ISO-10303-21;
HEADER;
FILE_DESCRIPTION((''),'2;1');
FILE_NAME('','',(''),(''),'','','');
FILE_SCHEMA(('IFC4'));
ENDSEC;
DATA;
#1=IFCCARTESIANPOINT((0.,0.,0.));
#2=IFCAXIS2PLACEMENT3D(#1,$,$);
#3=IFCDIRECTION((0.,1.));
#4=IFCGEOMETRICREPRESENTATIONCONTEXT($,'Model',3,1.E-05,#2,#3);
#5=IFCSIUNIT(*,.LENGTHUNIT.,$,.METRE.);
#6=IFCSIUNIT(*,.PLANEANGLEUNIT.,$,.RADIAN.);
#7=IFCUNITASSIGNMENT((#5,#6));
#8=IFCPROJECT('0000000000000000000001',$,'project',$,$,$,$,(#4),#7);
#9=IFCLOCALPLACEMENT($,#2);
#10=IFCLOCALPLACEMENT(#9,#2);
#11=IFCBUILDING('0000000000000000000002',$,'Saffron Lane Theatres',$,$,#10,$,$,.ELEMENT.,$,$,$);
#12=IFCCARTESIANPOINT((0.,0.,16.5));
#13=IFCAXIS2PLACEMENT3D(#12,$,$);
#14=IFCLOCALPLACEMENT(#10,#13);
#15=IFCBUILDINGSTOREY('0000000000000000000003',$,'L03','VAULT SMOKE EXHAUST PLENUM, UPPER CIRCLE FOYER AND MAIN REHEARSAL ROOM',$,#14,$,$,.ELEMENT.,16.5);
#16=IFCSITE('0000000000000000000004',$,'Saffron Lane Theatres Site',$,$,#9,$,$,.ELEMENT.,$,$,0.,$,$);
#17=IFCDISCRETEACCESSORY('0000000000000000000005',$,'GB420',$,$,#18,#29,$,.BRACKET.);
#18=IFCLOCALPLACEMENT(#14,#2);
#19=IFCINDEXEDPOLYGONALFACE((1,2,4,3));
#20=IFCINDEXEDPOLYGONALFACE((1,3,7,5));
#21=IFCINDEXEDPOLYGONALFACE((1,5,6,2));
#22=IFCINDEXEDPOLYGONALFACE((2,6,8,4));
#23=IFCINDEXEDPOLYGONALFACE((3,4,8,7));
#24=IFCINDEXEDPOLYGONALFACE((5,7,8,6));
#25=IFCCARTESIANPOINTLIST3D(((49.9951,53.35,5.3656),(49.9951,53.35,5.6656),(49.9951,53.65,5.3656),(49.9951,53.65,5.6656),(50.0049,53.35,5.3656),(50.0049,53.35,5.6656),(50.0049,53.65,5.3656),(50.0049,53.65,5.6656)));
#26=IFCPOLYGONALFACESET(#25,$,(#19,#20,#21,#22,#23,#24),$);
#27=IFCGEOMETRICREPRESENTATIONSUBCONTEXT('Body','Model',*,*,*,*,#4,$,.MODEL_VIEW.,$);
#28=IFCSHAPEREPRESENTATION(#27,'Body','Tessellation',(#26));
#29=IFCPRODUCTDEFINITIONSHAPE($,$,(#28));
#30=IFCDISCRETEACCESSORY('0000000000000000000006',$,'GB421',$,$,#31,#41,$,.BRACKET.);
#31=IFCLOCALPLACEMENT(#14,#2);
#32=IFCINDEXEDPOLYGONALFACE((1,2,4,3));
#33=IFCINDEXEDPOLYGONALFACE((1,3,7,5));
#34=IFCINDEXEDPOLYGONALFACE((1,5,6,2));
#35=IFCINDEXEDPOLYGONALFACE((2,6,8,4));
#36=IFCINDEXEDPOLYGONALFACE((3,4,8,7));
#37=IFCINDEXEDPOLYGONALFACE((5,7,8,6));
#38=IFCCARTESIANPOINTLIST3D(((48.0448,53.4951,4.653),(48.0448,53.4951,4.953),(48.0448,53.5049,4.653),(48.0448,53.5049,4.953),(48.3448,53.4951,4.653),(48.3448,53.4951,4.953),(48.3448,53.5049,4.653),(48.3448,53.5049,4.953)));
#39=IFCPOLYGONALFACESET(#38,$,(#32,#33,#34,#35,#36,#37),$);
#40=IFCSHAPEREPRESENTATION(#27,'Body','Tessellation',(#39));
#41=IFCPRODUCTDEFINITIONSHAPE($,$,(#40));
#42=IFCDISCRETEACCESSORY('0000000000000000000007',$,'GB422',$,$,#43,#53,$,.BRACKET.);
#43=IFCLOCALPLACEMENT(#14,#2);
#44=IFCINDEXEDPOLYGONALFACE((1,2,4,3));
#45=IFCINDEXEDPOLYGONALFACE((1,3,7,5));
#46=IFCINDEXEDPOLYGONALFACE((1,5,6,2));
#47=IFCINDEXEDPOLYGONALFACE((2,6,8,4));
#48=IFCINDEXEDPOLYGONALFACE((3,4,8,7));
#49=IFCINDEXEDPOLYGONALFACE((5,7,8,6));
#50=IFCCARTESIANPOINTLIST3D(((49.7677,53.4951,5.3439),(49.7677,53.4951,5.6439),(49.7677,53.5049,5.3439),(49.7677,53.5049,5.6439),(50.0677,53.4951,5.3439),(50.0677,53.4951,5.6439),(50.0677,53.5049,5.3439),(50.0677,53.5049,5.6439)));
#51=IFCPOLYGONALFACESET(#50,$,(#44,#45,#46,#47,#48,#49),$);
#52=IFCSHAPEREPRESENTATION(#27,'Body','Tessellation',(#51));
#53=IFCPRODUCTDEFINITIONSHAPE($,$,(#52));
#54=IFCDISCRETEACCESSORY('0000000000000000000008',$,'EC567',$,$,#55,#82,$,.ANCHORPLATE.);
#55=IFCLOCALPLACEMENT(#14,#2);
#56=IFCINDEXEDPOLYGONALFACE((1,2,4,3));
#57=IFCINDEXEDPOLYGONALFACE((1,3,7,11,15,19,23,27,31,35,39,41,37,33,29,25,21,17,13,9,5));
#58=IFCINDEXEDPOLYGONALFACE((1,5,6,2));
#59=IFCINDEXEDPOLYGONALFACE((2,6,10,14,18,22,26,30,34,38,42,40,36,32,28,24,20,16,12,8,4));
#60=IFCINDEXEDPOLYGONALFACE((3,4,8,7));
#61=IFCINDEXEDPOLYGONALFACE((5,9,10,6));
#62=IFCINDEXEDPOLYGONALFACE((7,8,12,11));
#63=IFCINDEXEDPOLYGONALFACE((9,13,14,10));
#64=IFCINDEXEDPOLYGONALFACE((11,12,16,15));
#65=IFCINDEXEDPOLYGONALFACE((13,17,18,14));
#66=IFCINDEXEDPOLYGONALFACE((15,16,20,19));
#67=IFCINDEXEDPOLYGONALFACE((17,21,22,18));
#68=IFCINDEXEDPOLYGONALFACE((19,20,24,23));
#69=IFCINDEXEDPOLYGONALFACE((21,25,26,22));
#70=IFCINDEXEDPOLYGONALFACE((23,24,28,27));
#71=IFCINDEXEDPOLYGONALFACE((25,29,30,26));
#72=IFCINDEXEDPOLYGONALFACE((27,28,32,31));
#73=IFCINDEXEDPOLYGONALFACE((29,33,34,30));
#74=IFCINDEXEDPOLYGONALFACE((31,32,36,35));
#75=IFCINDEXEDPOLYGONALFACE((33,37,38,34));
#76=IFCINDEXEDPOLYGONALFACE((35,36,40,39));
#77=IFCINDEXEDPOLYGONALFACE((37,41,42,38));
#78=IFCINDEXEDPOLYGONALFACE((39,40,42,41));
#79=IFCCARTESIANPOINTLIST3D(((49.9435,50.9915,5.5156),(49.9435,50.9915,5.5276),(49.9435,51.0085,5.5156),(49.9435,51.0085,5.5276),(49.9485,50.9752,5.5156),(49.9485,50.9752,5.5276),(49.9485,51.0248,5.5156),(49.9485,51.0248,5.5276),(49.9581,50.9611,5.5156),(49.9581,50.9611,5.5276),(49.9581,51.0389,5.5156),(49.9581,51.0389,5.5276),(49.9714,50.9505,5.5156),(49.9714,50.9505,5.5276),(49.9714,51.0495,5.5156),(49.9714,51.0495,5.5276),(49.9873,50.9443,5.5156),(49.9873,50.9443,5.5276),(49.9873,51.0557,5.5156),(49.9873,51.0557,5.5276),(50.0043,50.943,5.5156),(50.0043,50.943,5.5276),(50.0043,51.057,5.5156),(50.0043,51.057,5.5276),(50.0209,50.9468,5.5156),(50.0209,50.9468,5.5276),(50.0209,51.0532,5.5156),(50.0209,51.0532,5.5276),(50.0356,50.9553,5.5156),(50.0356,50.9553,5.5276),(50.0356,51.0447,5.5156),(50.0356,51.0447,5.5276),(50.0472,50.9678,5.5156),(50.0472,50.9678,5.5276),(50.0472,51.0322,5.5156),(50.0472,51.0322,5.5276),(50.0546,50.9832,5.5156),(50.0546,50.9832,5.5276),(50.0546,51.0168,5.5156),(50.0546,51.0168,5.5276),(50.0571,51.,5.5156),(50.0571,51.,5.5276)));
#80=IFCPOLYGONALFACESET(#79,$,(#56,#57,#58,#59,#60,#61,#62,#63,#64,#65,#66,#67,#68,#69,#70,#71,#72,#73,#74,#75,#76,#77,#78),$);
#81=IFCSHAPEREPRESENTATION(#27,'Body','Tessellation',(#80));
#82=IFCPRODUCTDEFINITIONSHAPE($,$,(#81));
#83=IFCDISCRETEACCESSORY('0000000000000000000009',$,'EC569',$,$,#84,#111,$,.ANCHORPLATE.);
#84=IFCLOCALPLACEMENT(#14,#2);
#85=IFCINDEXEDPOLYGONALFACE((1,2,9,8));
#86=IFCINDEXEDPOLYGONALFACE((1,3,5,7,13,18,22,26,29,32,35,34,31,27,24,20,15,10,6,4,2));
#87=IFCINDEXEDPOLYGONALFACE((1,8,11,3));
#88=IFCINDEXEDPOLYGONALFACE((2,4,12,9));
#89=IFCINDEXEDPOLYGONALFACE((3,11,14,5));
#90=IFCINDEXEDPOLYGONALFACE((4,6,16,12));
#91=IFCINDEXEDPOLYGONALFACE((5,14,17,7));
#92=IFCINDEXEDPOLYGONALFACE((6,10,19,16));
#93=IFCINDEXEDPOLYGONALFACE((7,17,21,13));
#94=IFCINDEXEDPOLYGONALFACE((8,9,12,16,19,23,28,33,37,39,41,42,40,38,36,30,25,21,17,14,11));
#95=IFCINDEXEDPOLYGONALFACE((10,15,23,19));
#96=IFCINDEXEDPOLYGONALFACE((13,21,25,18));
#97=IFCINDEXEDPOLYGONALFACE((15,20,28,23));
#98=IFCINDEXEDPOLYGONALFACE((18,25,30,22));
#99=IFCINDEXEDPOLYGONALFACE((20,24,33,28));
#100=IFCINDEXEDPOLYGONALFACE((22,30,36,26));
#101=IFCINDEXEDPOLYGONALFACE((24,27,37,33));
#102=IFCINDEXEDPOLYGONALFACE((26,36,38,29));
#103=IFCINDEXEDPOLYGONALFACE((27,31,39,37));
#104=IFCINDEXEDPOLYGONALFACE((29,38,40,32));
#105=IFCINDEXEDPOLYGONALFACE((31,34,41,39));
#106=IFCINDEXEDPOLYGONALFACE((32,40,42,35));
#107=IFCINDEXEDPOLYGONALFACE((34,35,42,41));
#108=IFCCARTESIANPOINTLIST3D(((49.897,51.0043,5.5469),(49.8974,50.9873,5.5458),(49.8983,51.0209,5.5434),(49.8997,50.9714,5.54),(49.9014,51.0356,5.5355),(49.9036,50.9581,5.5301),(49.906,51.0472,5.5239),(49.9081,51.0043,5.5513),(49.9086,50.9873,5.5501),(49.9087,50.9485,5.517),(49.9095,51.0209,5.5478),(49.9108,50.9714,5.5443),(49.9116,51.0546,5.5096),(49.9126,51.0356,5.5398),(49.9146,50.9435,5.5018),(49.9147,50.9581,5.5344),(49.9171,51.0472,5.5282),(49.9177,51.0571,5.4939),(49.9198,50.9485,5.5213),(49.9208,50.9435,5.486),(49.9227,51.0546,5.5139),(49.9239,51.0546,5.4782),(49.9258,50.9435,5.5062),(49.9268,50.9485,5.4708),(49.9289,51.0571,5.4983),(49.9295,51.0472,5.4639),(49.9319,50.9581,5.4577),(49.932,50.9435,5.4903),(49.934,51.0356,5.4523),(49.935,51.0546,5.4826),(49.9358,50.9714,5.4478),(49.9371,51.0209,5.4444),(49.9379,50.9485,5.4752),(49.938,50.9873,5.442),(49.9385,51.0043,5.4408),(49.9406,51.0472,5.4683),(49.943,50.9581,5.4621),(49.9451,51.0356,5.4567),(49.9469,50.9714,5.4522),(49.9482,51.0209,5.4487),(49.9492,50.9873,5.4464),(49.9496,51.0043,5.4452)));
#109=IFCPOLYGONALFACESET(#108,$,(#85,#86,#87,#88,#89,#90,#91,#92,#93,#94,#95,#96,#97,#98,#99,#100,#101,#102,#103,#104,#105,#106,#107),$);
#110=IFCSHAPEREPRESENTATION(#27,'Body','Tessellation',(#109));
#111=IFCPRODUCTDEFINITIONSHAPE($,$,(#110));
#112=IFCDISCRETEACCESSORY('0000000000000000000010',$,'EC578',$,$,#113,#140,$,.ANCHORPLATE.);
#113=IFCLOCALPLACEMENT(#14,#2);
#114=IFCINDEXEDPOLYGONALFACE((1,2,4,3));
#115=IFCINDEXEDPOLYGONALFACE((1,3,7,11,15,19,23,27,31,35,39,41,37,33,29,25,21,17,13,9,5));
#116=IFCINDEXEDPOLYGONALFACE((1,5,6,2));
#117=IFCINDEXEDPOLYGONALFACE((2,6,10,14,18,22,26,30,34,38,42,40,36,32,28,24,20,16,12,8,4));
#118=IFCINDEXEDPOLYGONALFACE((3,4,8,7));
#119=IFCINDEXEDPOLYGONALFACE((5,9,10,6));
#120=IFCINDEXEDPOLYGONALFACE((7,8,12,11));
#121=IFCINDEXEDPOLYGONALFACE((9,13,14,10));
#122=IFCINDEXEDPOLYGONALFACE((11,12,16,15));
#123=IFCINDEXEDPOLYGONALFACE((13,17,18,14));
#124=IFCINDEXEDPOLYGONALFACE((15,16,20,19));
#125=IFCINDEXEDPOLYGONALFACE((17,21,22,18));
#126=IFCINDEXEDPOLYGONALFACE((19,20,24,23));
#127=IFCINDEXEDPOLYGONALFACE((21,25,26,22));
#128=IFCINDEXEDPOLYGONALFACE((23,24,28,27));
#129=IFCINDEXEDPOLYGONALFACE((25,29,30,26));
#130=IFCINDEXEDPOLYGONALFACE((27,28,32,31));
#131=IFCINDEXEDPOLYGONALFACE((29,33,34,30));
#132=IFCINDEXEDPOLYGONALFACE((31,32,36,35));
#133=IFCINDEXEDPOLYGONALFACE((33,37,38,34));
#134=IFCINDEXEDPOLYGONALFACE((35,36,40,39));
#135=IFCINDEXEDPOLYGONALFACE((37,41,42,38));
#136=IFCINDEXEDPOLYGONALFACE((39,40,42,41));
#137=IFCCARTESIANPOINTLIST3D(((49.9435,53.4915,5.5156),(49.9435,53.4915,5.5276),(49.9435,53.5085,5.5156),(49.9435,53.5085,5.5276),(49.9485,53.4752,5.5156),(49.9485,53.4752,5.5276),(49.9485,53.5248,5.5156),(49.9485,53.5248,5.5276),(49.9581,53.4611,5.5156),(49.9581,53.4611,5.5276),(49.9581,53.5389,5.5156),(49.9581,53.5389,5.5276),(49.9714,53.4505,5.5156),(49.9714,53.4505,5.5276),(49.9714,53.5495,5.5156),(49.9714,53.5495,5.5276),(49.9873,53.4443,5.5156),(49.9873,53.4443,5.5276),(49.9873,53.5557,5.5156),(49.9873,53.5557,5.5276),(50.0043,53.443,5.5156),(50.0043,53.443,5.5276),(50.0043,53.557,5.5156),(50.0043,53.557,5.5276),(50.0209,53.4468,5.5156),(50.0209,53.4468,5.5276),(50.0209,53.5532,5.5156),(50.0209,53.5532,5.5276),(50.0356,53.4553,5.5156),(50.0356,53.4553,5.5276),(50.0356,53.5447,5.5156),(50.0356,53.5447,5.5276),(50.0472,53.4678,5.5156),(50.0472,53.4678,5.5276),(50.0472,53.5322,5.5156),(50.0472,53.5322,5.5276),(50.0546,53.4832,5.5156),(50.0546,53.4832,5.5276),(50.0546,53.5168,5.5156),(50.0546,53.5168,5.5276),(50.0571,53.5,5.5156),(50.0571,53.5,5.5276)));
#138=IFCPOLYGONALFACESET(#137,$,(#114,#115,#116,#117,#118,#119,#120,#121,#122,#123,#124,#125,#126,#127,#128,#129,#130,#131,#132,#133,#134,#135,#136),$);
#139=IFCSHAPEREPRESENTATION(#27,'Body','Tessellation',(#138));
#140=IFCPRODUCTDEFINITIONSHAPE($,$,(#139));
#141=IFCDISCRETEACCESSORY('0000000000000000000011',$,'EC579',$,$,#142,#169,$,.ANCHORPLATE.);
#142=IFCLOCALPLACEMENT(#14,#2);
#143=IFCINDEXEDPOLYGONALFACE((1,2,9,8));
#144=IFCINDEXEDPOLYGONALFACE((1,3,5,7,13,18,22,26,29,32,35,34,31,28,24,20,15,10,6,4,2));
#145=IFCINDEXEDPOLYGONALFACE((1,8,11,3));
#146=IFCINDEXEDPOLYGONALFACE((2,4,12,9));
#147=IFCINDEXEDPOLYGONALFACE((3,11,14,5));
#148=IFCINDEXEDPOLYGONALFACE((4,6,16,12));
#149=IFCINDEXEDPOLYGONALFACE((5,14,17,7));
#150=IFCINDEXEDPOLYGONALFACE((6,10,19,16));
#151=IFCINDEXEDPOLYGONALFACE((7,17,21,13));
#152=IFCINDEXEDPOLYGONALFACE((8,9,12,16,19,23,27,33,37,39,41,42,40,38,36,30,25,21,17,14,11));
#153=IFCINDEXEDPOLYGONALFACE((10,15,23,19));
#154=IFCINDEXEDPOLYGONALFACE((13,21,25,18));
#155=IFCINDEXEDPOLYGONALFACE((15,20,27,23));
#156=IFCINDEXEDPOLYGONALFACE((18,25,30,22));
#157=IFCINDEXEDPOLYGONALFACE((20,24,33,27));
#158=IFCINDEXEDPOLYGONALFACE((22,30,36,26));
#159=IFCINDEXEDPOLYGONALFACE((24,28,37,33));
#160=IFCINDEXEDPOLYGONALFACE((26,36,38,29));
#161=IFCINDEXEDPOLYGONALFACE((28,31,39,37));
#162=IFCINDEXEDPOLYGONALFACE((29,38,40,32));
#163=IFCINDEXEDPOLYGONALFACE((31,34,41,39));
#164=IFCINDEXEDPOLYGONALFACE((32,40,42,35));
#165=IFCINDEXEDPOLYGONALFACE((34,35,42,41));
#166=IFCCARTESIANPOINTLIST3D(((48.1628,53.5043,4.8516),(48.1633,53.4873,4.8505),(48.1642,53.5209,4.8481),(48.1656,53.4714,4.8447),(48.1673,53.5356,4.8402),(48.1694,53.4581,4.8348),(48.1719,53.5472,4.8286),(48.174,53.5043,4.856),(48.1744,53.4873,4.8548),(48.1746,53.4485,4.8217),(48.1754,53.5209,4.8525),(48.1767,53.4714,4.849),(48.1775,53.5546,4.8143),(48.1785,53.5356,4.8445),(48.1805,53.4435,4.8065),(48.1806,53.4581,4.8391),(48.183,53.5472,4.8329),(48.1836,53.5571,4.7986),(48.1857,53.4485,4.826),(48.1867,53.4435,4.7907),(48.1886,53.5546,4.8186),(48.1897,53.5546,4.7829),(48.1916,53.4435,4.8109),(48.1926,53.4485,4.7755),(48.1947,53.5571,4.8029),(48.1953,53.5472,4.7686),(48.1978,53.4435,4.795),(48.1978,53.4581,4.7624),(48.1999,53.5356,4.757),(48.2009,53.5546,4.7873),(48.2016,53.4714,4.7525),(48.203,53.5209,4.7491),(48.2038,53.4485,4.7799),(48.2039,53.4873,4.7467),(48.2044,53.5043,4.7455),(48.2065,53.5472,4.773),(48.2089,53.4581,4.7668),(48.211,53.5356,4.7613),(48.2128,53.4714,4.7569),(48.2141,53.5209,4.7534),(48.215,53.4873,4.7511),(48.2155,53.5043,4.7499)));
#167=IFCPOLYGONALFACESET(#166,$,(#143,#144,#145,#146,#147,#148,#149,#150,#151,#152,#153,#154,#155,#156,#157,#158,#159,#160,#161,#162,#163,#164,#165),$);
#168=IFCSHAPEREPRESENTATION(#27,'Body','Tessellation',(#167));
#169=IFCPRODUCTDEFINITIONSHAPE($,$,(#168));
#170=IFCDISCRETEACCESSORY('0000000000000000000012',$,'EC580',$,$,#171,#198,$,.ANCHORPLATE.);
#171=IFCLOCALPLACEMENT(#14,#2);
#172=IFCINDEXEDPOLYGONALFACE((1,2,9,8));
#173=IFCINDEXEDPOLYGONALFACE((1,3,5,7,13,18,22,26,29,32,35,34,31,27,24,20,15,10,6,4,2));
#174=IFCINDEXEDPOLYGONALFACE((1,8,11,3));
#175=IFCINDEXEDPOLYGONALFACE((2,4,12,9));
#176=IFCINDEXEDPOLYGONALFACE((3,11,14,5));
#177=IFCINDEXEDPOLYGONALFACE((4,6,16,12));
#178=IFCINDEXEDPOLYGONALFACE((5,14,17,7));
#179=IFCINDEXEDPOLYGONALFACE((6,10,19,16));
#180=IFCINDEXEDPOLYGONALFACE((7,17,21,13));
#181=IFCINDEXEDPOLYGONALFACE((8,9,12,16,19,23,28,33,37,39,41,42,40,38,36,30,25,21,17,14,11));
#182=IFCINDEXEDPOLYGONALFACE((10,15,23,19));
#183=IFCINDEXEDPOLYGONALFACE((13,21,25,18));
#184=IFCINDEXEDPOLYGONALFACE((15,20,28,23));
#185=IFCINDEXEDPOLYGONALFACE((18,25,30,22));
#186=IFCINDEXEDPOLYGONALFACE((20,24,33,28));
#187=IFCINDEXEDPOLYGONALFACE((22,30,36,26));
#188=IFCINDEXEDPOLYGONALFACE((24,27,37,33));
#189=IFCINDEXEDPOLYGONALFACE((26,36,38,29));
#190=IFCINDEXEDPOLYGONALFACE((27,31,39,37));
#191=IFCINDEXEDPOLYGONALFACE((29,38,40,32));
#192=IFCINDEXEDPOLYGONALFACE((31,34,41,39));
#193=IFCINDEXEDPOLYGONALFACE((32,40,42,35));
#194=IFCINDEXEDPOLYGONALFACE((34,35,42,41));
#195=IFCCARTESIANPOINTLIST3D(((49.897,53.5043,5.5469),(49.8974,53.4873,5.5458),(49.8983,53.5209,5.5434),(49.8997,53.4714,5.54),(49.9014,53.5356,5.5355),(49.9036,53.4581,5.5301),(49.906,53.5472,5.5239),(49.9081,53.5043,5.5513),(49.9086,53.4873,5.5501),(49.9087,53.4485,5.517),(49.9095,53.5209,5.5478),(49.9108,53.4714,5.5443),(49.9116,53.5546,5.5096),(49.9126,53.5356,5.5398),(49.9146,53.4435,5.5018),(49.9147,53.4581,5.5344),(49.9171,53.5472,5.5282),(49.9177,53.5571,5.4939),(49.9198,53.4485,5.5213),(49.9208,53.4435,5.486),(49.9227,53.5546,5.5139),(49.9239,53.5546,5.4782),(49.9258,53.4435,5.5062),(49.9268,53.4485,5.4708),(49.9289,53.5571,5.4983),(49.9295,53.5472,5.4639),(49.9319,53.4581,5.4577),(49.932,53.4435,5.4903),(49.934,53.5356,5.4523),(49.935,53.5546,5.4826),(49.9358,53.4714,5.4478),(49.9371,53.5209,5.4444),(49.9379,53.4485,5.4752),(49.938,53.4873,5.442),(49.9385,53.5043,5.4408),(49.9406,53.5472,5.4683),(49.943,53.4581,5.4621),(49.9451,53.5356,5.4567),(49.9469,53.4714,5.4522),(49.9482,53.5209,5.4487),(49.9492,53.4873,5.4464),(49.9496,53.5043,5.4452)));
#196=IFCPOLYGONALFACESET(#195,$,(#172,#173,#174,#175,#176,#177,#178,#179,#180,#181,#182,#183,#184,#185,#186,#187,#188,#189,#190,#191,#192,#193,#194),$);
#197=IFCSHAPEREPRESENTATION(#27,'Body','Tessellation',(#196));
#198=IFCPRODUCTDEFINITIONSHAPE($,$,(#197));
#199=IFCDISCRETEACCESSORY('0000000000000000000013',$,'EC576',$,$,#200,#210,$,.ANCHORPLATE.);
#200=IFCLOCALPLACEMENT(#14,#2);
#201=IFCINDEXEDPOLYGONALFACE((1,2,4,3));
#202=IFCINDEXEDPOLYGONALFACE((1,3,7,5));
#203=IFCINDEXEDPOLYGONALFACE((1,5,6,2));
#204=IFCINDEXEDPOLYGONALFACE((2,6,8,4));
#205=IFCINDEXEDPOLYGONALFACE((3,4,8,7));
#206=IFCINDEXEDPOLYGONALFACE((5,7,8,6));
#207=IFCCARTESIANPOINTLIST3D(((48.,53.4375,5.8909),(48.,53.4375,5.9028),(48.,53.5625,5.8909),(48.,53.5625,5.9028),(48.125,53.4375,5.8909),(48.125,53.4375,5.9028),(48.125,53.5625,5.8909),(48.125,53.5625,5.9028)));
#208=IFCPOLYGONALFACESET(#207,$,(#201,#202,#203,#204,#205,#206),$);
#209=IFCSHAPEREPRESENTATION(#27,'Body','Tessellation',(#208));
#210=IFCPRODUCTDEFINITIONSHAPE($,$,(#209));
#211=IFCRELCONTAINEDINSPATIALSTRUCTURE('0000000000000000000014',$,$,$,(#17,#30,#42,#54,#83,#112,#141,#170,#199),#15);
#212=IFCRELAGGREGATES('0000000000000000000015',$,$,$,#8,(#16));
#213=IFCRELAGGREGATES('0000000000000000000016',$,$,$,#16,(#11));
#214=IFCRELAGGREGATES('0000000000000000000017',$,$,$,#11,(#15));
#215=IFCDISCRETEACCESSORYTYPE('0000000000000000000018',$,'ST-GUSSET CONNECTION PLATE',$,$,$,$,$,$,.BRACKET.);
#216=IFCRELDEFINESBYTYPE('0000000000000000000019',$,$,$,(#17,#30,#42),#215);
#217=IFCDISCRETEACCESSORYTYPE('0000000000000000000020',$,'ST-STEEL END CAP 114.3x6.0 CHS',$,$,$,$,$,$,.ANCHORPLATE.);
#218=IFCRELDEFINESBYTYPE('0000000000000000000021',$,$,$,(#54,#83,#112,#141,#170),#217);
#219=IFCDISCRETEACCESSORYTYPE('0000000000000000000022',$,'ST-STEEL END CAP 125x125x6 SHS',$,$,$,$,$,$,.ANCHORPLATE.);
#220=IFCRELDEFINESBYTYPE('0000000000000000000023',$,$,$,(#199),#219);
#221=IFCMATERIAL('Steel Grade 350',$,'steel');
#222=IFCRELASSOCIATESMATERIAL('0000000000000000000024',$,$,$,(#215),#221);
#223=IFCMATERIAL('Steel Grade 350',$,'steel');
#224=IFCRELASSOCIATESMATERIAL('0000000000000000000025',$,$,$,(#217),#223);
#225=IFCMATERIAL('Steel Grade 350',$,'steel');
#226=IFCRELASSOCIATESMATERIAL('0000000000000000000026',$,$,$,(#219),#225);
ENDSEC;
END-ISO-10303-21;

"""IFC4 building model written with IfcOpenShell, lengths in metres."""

from ifc_helpers import new_model, si_unit, direction, frame, origin, origin_2d, place, context, subcontext, project, spatial, rectangle, circle, extrude, material, material_profile, profile_set, type_object, element, save


model = new_model("IFC4")

# Units and contexts
model_context = context("Model", 3, precision=1e-05, world=origin(), true_north=direction((0.0, 1.0)))
body_context = subcontext(model_context, "Body", "Model", "MODEL_VIEW")
ifc_project = project(units=[si_unit("LENGTHUNIT", "METRE"), si_unit("PLANEANGLEUNIT", "RADIAN")], contexts=[model_context])

# Site, building, storey
site_placement = place(None, origin())
site = spatial("IfcSite", under=ifc_project, at=site_placement, Name="Saffron Lane Theatres Site", CompositionType="ELEMENT", RefElevation=0.0)
building_placement = place(site_placement, origin())
building = spatial("IfcBuilding", under=site, at=building_placement, Name="Saffron Lane Theatres", CompositionType="ELEMENT")
storey_placement = place(building_placement, frame((0.0, 0.0, 16.5)))
storey = spatial("IfcBuildingStorey", under=building, at=storey_placement, Name="L03", Description="VAULT SMOKE EXHAUST PLENUM, UPPER CIRCLE FOYER AND MAIN REHEARSAL ROOM", CompositionType="ELEMENT", Elevation=16.5)

# Discrete accessories
ifc_material_1 = material(Name="Steel Grade 350", Category="steel")
ifc_material_profile_1 = material_profile(ifc_material_1, rectangle(XDim=0.3, YDim=0.3, at=origin_2d()))
ifc_profile_set_1 = profile_set([ifc_material_profile_1], Name="Steel Grade 350")
discrete_accessory_type_1 = type_object("IfcDiscreteAccessoryType", Name="ST-GUSSET CONNECTION PLATE", PredefinedType="BRACKET", material=ifc_profile_set_1)
for number, where, z_axis, x_axis, name in (
    (1, (49.9951, 53.5, 5.5156), (1.0, 0.0, 0.0), (0.0, 1.0, 0.0), "GB420"),
    (2, (48.1948, 53.4951, 4.803), (0.0, 1.0, 0.0), (-1.0, 0.0, 0.0), "GB421"),
    (3, (49.9177, 53.4951, 5.4939), (0.0, 1.0, 0.0), (-1.0, 0.0, 0.0), "GB422"),
):
    element("IfcDiscreteAccessory", number, at=place(storey_placement, frame(where, z_axis=z_axis, x_axis=x_axis)), inside=storey, type_object=discrete_accessory_type_1, Name=name, PredefinedType="BRACKET", context=body_context, shape_type="SweptSolid", body=[
        extrude(rectangle(XDim=0.3, YDim=0.3, at=origin_2d()), origin(), (0.0, 0.0, 1.0), 0.0098),
    ])
ifc_material_2 = material(Name="Steel Grade 350", Category="steel")
ifc_material_profile_2 = material_profile(ifc_material_2, circle(Radius=0.0571, at=origin_2d()))
ifc_profile_set_2 = profile_set([ifc_material_profile_2], Name="Steel Grade 350")
discrete_accessory_type_2 = type_object("IfcDiscreteAccessoryType", Name="ST-STEEL END CAP 114.3x6.0 CHS", PredefinedType="ANCHORPLATE", material=ifc_profile_set_2)
for number, where, z_axis, x_axis, name in (
    (4, (50.0, 51.0, 5.5156), (0.0, 0.0, 1.0), (1.0, 0.0, 0.0), "EC567"),
    (5, (49.9177, 51.0, 5.4939), (0.931243, 0.0, 0.364399), (0.0, 1.0, 0.0), "EC569"),
    (6, (50.0, 53.5, 5.5156), (0.0, 0.0, 1.0), (1.0, 0.0, 0.0), "EC578"),
    (7, (48.1836, 53.5, 4.7986), (0.931243, 0.0, 0.364399), (0.0, 1.0, 0.0), "EC579"),
    (8, (49.9177, 53.5, 5.4939), (0.931243, 0.0, 0.364399), (0.0, 1.0, 0.0), "EC580"),
):
    element("IfcDiscreteAccessory", number, at=place(storey_placement, frame(where, z_axis=z_axis, x_axis=x_axis)), inside=storey, type_object=discrete_accessory_type_2, Name=name, PredefinedType="ANCHORPLATE", context=body_context, shape_type="SweptSolid", body=[
        extrude(circle(Radius=0.0571, at=origin_2d()), origin(), (0.0, 0.0, 1.0), 0.012),
    ])
ifc_material_3 = material(Name="Steel Grade 350", Category="steel")
ifc_material_profile_3 = material_profile(ifc_material_3, rectangle(XDim=0.125, YDim=0.125, at=origin_2d()))
ifc_profile_set_3 = profile_set([ifc_material_profile_3], Name="Steel Grade 350")
discrete_accessory_type_3 = type_object("IfcDiscreteAccessoryType", Name="ST-STEEL END CAP 125x125x6 SHS", PredefinedType="ANCHORPLATE", material=ifc_profile_set_3)
discrete_accessory_1_placement = place(storey_placement, frame((48.0625, 53.5, 5.8909), z_axis=(0.0, 0.0, 1.0), x_axis=(1.0, 0.0, 0.0)))
element("IfcDiscreteAccessory", 9, at=discrete_accessory_1_placement, inside=storey, type_object=discrete_accessory_type_3, Name="EC576", PredefinedType="ANCHORPLATE", context=body_context, shape_type="SweptSolid", body=[
    extrude(rectangle(XDim=0.125, YDim=0.125, at=origin_2d()), origin(), (0.0, 0.0, 1.0), 0.012),
])

save(model, "model.ifc")
